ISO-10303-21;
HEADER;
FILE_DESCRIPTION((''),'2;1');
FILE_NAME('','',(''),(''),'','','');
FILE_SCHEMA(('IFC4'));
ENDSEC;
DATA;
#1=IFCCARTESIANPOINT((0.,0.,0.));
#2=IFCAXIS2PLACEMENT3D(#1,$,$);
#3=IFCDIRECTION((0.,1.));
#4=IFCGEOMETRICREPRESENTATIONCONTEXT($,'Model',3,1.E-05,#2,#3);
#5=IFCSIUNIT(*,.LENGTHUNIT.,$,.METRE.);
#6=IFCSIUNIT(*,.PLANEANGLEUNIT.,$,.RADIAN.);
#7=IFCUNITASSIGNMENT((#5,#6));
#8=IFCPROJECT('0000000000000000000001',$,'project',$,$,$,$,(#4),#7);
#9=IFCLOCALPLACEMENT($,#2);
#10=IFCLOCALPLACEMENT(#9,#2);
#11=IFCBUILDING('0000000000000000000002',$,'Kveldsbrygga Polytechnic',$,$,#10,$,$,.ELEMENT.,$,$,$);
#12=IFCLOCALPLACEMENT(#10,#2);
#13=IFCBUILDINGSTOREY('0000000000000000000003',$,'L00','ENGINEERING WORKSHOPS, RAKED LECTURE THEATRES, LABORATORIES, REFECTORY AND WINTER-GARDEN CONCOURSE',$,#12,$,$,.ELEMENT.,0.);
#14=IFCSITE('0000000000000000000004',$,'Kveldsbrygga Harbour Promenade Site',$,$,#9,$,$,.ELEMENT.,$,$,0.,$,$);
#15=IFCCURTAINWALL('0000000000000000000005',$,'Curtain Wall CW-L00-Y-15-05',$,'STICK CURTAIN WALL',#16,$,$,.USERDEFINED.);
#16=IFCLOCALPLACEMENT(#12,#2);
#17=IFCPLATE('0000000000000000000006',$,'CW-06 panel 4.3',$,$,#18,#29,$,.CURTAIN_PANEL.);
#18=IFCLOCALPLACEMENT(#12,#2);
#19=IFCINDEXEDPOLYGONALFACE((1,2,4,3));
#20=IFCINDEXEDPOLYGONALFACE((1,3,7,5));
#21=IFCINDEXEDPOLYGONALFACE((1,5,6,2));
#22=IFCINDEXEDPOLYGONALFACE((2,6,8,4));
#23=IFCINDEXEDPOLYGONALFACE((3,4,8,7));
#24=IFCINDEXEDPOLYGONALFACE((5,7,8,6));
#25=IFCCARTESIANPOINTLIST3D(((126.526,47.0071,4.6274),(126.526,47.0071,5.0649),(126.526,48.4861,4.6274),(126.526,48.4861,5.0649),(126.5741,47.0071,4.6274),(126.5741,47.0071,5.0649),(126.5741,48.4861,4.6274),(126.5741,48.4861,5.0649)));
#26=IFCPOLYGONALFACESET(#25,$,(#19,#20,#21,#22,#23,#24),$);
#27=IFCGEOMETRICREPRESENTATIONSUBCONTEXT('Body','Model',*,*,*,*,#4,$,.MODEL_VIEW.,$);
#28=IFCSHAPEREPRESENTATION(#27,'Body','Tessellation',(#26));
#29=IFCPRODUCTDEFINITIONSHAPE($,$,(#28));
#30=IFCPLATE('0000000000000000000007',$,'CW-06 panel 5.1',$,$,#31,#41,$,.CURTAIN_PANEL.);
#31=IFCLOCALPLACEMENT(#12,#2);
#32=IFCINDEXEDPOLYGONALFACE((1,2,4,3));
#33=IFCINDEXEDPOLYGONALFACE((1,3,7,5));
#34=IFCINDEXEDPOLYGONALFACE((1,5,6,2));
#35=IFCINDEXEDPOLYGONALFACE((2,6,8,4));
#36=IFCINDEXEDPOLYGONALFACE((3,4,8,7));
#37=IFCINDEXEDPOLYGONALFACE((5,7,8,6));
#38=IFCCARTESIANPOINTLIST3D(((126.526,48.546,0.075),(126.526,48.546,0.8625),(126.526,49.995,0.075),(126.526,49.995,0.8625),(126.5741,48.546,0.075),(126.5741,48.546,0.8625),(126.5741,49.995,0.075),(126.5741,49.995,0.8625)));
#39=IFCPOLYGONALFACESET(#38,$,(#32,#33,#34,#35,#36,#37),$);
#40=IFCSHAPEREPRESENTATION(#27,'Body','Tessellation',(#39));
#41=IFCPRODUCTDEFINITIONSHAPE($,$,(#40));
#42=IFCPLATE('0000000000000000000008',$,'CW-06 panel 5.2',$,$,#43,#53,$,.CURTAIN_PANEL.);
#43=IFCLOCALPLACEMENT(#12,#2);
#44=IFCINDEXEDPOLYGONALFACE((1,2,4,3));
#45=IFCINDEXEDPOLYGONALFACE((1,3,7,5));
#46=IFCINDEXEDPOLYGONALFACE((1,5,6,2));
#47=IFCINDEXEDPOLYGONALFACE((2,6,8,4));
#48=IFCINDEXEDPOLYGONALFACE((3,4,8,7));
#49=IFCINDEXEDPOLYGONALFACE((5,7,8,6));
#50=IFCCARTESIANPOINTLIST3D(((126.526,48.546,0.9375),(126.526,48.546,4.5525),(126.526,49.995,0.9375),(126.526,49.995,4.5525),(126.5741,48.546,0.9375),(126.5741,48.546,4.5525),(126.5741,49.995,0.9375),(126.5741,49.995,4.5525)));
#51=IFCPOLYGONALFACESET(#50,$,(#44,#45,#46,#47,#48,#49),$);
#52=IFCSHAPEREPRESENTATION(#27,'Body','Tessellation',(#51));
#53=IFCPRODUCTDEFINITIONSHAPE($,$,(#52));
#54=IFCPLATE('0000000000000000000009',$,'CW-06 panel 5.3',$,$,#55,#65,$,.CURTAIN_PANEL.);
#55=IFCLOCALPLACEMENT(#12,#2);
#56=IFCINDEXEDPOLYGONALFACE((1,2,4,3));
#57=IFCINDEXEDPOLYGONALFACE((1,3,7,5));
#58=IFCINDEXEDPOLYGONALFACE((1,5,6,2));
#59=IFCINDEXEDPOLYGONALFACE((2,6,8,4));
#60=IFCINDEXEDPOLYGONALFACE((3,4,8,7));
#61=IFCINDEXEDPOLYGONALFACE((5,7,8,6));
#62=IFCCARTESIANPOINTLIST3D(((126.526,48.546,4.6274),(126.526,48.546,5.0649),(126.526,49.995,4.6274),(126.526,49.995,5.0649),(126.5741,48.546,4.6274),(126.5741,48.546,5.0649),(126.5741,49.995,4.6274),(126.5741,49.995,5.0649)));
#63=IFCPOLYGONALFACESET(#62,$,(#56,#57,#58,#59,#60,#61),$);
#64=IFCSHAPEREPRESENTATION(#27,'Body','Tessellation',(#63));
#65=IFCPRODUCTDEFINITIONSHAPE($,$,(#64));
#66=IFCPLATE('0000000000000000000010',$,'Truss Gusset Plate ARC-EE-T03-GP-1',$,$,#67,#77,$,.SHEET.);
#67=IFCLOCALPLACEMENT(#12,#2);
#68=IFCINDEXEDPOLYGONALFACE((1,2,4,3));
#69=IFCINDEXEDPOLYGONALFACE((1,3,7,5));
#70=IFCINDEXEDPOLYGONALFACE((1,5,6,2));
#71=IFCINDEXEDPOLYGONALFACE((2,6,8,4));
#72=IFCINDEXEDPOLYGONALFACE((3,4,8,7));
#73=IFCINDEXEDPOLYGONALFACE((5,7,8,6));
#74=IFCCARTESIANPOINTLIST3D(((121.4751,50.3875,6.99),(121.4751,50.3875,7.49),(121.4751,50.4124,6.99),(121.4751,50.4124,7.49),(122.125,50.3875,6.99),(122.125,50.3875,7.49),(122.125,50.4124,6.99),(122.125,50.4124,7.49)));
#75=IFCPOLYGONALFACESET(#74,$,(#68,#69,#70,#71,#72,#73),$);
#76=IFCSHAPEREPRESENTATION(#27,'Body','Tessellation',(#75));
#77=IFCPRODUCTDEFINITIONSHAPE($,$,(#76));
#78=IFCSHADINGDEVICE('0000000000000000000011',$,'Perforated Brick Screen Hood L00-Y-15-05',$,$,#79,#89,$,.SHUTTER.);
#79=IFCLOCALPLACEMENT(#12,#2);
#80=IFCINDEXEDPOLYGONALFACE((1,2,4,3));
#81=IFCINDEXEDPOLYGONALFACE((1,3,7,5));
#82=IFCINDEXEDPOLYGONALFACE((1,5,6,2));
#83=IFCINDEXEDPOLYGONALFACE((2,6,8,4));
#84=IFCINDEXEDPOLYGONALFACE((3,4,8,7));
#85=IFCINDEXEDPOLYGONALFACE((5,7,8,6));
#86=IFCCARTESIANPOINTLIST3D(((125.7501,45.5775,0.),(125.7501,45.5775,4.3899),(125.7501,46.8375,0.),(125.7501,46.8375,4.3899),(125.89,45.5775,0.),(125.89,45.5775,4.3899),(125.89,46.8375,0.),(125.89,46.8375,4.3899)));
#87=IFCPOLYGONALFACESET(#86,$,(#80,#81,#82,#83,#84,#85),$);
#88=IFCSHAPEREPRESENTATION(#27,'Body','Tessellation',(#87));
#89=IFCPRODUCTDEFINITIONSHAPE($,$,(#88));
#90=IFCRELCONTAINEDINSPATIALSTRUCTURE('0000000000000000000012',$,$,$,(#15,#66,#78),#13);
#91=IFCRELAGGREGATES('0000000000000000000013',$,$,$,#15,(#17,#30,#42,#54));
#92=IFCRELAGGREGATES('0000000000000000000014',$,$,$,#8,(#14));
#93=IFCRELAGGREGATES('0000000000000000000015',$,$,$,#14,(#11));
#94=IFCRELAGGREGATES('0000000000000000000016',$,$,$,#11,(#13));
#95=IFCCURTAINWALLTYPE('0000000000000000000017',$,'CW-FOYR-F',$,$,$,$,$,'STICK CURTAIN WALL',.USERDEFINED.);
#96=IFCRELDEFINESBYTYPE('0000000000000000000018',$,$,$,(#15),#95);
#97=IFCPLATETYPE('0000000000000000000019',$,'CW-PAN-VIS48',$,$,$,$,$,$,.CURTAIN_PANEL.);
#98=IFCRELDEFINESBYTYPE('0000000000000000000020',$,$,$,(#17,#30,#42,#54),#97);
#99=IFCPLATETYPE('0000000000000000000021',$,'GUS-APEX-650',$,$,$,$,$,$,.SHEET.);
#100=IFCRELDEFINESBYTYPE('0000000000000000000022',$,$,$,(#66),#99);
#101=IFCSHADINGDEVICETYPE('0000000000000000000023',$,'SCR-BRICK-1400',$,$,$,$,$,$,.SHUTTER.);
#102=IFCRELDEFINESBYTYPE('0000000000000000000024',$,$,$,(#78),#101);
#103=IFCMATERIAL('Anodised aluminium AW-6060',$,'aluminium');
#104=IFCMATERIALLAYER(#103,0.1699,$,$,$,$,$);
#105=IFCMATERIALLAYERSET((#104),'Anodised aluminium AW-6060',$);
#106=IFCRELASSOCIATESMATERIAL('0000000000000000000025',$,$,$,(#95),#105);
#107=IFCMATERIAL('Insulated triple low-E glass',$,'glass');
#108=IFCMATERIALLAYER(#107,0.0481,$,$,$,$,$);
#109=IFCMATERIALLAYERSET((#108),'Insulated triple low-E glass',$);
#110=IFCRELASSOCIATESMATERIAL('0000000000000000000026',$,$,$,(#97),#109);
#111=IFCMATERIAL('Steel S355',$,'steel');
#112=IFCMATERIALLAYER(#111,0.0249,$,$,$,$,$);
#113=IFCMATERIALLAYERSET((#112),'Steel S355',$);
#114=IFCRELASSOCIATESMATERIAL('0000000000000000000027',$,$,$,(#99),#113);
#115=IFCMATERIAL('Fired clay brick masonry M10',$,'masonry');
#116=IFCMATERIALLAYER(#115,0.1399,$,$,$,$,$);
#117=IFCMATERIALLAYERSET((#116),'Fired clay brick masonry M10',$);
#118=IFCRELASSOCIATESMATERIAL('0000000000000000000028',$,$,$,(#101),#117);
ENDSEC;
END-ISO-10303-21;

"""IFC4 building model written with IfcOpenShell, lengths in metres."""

from ifc_helpers import new_model, si_unit, direction, frame, origin, origin_2d, place, context, subcontext, project, spatial, rectangle, extrude, material, layer, layer_set, type_object, element, aggregate, save


model = new_model("IFC4")

# Units and contexts
model_context = context("Model", 3, precision=1e-05, world=origin(), true_north=direction((0.0, 1.0)))
body_context = subcontext(model_context, "Body", "Model", "MODEL_VIEW")
ifc_project = project(units=[si_unit("LENGTHUNIT", "METRE"), si_unit("PLANEANGLEUNIT", "RADIAN")], contexts=[model_context])

# Site, building, storey
site_placement = place(None, origin())
site = spatial("IfcSite", under=ifc_project, at=site_placement, Name="Kveldsbrygga Harbour Promenade Site", CompositionType="ELEMENT", RefElevation=0.0)
building_placement = place(site_placement, origin())
building = spatial("IfcBuilding", under=site, at=building_placement, Name="Kveldsbrygga Polytechnic", CompositionType="ELEMENT")
storey_placement = place(building_placement, origin())
storey = spatial("IfcBuildingStorey", under=building, at=storey_placement, Name="L00", Description="ENGINEERING WORKSHOPS, RAKED LECTURE THEATRES, LABORATORIES, REFECTORY AND WINTER-GARDEN CONCOURSE", CompositionType="ELEMENT", Elevation=0.0)

# Curtain wall
ifc_material_1 = material(Name="Anodised aluminium AW-6060", Category="aluminium")
ifc_layer_1 = layer(ifc_material_1, 0.1699)
ifc_layer_set_1 = layer_set([ifc_layer_1], Name="Anodised aluminium AW-6060")
curtain_wall_type = type_object("IfcCurtainWallType", Name="CW-FOYR-F", ElementType="STICK CURTAIN WALL", PredefinedType="USERDEFINED", material=ifc_layer_set_1)
curtain_wall_placement = place(storey_placement, origin())
curtain_wall = element("IfcCurtainWall", 1, at=curtain_wall_placement, inside=storey, type_object=curtain_wall_type, Name="Curtain Wall CW-L00-Y-15-05", ObjectType="STICK CURTAIN WALL", PredefinedType="USERDEFINED")

# Shared definitions
ifc_material_2 = material(Name="Steel S355", Category="steel")

# Plates
ifc_material_3 = material(Name="Insulated triple low-E glass", Category="glass")
ifc_layer_2 = layer(ifc_material_3, 0.0481)
ifc_layer_set_2 = layer_set([ifc_layer_2], Name="Insulated triple low-E glass")
plate_type_1 = type_object("IfcPlateType", Name="CW-PAN-VIS48", PredefinedType="CURTAIN_PANEL", material=ifc_layer_set_2)
plate_1_placement = place(storey_placement, frame((126.55, 47.7466, 4.6274), z_axis=(0.0, 0.0, 1.0), x_axis=(0.0, 1.0, 0.0)))
plate_1 = element("IfcPlate", 2, at=plate_1_placement, type_object=plate_type_1, Name="CW-06 panel 4.3", PredefinedType="CURTAIN_PANEL", context=body_context, shape_type="SweptSolid", body=[
    extrude(rectangle(XDim=1.479, YDim=0.0481, at=origin_2d()), origin(), (0.0, 0.0, 1.0), 0.4375),
])
plate_2_placement = place(storey_placement, frame((126.55, 49.2705, 0.075), z_axis=(0.0, 0.0, 1.0), x_axis=(0.0, 1.0, 0.0)))
plate_2 = element("IfcPlate", 3, at=plate_2_placement, type_object=plate_type_1, Name="CW-06 panel 5.1", PredefinedType="CURTAIN_PANEL", context=body_context, shape_type="SweptSolid", body=[
    extrude(rectangle(XDim=1.449, YDim=0.0481, at=origin_2d()), origin(), (0.0, 0.0, 1.0), 0.7876),
])
plate_3_placement = place(storey_placement, frame((126.55, 49.2705, 0.9375), z_axis=(0.0, 0.0, 1.0), x_axis=(0.0, 1.0, 0.0)))
plate_3 = element("IfcPlate", 4, at=plate_3_placement, type_object=plate_type_1, Name="CW-06 panel 5.2", PredefinedType="CURTAIN_PANEL", context=body_context, shape_type="SweptSolid", body=[
    extrude(rectangle(XDim=1.449, YDim=0.0481, at=origin_2d()), origin(), (0.0, 0.0, 1.0), 3.615),
])
plate_4_placement = place(storey_placement, frame((126.55, 49.2705, 4.6274), z_axis=(0.0, 0.0, 1.0), x_axis=(0.0, 1.0, 0.0)))
plate_4 = element("IfcPlate", 5, at=plate_4_placement, type_object=plate_type_1, Name="CW-06 panel 5.3", PredefinedType="CURTAIN_PANEL", context=body_context, shape_type="SweptSolid", body=[
    extrude(rectangle(XDim=1.449, YDim=0.0481, at=origin_2d()), origin(), (0.0, 0.0, 1.0), 0.4375),
])
aggregate(curtain_wall, [plate_1, plate_2, plate_3, plate_4])
ifc_layer_3 = layer(ifc_material_2, 0.0249)
ifc_layer_set_3 = layer_set([ifc_layer_3], Name="Steel S355")
plate_type_2 = type_object("IfcPlateType", Name="GUS-APEX-650", PredefinedType="SHEET", material=ifc_layer_set_3)
plate_5_placement = place(storey_placement, frame((121.8, 50.3999, 6.99), z_axis=(0.0, 0.0, 1.0), x_axis=(1.0, 0.0, 0.0)))
element("IfcPlate", 6, at=plate_5_placement, inside=storey, type_object=plate_type_2, Name="Truss Gusset Plate ARC-EE-T03-GP-1", PredefinedType="SHEET", context=body_context, shape_type="SweptSolid", body=[
    extrude(rectangle(XDim=0.6499, YDim=0.0249, at=origin_2d()), origin(), (0.0, 0.0, 1.0), 0.5),
])

# Shading device
ifc_material_4 = material(Name="Fired clay brick masonry M10", Category="masonry")
ifc_layer_4 = layer(ifc_material_4, 0.1399)
ifc_layer_set_4 = layer_set([ifc_layer_4], Name="Fired clay brick masonry M10")
shading_device_type = type_object("IfcShadingDeviceType", Name="SCR-BRICK-1400", PredefinedType="SHUTTER", material=ifc_layer_set_4)
shading_device_placement = place(storey_placement, frame((125.8201, 46.2075, 0.0), z_axis=(0.0, 0.0, 1.0), x_axis=(0.0, 1.0, 0.0)))
element("IfcShadingDevice", 7, at=shading_device_placement, inside=storey, type_object=shading_device_type, Name="Perforated Brick Screen Hood L00-Y-15-05", PredefinedType="SHUTTER", context=body_context, shape_type="SweptSolid", body=[
    extrude(rectangle(XDim=1.26, YDim=0.1399, at=origin_2d()), origin(), (0.0, 0.0, 1.0), 4.3899),
])

save(model, "model.ifc")
